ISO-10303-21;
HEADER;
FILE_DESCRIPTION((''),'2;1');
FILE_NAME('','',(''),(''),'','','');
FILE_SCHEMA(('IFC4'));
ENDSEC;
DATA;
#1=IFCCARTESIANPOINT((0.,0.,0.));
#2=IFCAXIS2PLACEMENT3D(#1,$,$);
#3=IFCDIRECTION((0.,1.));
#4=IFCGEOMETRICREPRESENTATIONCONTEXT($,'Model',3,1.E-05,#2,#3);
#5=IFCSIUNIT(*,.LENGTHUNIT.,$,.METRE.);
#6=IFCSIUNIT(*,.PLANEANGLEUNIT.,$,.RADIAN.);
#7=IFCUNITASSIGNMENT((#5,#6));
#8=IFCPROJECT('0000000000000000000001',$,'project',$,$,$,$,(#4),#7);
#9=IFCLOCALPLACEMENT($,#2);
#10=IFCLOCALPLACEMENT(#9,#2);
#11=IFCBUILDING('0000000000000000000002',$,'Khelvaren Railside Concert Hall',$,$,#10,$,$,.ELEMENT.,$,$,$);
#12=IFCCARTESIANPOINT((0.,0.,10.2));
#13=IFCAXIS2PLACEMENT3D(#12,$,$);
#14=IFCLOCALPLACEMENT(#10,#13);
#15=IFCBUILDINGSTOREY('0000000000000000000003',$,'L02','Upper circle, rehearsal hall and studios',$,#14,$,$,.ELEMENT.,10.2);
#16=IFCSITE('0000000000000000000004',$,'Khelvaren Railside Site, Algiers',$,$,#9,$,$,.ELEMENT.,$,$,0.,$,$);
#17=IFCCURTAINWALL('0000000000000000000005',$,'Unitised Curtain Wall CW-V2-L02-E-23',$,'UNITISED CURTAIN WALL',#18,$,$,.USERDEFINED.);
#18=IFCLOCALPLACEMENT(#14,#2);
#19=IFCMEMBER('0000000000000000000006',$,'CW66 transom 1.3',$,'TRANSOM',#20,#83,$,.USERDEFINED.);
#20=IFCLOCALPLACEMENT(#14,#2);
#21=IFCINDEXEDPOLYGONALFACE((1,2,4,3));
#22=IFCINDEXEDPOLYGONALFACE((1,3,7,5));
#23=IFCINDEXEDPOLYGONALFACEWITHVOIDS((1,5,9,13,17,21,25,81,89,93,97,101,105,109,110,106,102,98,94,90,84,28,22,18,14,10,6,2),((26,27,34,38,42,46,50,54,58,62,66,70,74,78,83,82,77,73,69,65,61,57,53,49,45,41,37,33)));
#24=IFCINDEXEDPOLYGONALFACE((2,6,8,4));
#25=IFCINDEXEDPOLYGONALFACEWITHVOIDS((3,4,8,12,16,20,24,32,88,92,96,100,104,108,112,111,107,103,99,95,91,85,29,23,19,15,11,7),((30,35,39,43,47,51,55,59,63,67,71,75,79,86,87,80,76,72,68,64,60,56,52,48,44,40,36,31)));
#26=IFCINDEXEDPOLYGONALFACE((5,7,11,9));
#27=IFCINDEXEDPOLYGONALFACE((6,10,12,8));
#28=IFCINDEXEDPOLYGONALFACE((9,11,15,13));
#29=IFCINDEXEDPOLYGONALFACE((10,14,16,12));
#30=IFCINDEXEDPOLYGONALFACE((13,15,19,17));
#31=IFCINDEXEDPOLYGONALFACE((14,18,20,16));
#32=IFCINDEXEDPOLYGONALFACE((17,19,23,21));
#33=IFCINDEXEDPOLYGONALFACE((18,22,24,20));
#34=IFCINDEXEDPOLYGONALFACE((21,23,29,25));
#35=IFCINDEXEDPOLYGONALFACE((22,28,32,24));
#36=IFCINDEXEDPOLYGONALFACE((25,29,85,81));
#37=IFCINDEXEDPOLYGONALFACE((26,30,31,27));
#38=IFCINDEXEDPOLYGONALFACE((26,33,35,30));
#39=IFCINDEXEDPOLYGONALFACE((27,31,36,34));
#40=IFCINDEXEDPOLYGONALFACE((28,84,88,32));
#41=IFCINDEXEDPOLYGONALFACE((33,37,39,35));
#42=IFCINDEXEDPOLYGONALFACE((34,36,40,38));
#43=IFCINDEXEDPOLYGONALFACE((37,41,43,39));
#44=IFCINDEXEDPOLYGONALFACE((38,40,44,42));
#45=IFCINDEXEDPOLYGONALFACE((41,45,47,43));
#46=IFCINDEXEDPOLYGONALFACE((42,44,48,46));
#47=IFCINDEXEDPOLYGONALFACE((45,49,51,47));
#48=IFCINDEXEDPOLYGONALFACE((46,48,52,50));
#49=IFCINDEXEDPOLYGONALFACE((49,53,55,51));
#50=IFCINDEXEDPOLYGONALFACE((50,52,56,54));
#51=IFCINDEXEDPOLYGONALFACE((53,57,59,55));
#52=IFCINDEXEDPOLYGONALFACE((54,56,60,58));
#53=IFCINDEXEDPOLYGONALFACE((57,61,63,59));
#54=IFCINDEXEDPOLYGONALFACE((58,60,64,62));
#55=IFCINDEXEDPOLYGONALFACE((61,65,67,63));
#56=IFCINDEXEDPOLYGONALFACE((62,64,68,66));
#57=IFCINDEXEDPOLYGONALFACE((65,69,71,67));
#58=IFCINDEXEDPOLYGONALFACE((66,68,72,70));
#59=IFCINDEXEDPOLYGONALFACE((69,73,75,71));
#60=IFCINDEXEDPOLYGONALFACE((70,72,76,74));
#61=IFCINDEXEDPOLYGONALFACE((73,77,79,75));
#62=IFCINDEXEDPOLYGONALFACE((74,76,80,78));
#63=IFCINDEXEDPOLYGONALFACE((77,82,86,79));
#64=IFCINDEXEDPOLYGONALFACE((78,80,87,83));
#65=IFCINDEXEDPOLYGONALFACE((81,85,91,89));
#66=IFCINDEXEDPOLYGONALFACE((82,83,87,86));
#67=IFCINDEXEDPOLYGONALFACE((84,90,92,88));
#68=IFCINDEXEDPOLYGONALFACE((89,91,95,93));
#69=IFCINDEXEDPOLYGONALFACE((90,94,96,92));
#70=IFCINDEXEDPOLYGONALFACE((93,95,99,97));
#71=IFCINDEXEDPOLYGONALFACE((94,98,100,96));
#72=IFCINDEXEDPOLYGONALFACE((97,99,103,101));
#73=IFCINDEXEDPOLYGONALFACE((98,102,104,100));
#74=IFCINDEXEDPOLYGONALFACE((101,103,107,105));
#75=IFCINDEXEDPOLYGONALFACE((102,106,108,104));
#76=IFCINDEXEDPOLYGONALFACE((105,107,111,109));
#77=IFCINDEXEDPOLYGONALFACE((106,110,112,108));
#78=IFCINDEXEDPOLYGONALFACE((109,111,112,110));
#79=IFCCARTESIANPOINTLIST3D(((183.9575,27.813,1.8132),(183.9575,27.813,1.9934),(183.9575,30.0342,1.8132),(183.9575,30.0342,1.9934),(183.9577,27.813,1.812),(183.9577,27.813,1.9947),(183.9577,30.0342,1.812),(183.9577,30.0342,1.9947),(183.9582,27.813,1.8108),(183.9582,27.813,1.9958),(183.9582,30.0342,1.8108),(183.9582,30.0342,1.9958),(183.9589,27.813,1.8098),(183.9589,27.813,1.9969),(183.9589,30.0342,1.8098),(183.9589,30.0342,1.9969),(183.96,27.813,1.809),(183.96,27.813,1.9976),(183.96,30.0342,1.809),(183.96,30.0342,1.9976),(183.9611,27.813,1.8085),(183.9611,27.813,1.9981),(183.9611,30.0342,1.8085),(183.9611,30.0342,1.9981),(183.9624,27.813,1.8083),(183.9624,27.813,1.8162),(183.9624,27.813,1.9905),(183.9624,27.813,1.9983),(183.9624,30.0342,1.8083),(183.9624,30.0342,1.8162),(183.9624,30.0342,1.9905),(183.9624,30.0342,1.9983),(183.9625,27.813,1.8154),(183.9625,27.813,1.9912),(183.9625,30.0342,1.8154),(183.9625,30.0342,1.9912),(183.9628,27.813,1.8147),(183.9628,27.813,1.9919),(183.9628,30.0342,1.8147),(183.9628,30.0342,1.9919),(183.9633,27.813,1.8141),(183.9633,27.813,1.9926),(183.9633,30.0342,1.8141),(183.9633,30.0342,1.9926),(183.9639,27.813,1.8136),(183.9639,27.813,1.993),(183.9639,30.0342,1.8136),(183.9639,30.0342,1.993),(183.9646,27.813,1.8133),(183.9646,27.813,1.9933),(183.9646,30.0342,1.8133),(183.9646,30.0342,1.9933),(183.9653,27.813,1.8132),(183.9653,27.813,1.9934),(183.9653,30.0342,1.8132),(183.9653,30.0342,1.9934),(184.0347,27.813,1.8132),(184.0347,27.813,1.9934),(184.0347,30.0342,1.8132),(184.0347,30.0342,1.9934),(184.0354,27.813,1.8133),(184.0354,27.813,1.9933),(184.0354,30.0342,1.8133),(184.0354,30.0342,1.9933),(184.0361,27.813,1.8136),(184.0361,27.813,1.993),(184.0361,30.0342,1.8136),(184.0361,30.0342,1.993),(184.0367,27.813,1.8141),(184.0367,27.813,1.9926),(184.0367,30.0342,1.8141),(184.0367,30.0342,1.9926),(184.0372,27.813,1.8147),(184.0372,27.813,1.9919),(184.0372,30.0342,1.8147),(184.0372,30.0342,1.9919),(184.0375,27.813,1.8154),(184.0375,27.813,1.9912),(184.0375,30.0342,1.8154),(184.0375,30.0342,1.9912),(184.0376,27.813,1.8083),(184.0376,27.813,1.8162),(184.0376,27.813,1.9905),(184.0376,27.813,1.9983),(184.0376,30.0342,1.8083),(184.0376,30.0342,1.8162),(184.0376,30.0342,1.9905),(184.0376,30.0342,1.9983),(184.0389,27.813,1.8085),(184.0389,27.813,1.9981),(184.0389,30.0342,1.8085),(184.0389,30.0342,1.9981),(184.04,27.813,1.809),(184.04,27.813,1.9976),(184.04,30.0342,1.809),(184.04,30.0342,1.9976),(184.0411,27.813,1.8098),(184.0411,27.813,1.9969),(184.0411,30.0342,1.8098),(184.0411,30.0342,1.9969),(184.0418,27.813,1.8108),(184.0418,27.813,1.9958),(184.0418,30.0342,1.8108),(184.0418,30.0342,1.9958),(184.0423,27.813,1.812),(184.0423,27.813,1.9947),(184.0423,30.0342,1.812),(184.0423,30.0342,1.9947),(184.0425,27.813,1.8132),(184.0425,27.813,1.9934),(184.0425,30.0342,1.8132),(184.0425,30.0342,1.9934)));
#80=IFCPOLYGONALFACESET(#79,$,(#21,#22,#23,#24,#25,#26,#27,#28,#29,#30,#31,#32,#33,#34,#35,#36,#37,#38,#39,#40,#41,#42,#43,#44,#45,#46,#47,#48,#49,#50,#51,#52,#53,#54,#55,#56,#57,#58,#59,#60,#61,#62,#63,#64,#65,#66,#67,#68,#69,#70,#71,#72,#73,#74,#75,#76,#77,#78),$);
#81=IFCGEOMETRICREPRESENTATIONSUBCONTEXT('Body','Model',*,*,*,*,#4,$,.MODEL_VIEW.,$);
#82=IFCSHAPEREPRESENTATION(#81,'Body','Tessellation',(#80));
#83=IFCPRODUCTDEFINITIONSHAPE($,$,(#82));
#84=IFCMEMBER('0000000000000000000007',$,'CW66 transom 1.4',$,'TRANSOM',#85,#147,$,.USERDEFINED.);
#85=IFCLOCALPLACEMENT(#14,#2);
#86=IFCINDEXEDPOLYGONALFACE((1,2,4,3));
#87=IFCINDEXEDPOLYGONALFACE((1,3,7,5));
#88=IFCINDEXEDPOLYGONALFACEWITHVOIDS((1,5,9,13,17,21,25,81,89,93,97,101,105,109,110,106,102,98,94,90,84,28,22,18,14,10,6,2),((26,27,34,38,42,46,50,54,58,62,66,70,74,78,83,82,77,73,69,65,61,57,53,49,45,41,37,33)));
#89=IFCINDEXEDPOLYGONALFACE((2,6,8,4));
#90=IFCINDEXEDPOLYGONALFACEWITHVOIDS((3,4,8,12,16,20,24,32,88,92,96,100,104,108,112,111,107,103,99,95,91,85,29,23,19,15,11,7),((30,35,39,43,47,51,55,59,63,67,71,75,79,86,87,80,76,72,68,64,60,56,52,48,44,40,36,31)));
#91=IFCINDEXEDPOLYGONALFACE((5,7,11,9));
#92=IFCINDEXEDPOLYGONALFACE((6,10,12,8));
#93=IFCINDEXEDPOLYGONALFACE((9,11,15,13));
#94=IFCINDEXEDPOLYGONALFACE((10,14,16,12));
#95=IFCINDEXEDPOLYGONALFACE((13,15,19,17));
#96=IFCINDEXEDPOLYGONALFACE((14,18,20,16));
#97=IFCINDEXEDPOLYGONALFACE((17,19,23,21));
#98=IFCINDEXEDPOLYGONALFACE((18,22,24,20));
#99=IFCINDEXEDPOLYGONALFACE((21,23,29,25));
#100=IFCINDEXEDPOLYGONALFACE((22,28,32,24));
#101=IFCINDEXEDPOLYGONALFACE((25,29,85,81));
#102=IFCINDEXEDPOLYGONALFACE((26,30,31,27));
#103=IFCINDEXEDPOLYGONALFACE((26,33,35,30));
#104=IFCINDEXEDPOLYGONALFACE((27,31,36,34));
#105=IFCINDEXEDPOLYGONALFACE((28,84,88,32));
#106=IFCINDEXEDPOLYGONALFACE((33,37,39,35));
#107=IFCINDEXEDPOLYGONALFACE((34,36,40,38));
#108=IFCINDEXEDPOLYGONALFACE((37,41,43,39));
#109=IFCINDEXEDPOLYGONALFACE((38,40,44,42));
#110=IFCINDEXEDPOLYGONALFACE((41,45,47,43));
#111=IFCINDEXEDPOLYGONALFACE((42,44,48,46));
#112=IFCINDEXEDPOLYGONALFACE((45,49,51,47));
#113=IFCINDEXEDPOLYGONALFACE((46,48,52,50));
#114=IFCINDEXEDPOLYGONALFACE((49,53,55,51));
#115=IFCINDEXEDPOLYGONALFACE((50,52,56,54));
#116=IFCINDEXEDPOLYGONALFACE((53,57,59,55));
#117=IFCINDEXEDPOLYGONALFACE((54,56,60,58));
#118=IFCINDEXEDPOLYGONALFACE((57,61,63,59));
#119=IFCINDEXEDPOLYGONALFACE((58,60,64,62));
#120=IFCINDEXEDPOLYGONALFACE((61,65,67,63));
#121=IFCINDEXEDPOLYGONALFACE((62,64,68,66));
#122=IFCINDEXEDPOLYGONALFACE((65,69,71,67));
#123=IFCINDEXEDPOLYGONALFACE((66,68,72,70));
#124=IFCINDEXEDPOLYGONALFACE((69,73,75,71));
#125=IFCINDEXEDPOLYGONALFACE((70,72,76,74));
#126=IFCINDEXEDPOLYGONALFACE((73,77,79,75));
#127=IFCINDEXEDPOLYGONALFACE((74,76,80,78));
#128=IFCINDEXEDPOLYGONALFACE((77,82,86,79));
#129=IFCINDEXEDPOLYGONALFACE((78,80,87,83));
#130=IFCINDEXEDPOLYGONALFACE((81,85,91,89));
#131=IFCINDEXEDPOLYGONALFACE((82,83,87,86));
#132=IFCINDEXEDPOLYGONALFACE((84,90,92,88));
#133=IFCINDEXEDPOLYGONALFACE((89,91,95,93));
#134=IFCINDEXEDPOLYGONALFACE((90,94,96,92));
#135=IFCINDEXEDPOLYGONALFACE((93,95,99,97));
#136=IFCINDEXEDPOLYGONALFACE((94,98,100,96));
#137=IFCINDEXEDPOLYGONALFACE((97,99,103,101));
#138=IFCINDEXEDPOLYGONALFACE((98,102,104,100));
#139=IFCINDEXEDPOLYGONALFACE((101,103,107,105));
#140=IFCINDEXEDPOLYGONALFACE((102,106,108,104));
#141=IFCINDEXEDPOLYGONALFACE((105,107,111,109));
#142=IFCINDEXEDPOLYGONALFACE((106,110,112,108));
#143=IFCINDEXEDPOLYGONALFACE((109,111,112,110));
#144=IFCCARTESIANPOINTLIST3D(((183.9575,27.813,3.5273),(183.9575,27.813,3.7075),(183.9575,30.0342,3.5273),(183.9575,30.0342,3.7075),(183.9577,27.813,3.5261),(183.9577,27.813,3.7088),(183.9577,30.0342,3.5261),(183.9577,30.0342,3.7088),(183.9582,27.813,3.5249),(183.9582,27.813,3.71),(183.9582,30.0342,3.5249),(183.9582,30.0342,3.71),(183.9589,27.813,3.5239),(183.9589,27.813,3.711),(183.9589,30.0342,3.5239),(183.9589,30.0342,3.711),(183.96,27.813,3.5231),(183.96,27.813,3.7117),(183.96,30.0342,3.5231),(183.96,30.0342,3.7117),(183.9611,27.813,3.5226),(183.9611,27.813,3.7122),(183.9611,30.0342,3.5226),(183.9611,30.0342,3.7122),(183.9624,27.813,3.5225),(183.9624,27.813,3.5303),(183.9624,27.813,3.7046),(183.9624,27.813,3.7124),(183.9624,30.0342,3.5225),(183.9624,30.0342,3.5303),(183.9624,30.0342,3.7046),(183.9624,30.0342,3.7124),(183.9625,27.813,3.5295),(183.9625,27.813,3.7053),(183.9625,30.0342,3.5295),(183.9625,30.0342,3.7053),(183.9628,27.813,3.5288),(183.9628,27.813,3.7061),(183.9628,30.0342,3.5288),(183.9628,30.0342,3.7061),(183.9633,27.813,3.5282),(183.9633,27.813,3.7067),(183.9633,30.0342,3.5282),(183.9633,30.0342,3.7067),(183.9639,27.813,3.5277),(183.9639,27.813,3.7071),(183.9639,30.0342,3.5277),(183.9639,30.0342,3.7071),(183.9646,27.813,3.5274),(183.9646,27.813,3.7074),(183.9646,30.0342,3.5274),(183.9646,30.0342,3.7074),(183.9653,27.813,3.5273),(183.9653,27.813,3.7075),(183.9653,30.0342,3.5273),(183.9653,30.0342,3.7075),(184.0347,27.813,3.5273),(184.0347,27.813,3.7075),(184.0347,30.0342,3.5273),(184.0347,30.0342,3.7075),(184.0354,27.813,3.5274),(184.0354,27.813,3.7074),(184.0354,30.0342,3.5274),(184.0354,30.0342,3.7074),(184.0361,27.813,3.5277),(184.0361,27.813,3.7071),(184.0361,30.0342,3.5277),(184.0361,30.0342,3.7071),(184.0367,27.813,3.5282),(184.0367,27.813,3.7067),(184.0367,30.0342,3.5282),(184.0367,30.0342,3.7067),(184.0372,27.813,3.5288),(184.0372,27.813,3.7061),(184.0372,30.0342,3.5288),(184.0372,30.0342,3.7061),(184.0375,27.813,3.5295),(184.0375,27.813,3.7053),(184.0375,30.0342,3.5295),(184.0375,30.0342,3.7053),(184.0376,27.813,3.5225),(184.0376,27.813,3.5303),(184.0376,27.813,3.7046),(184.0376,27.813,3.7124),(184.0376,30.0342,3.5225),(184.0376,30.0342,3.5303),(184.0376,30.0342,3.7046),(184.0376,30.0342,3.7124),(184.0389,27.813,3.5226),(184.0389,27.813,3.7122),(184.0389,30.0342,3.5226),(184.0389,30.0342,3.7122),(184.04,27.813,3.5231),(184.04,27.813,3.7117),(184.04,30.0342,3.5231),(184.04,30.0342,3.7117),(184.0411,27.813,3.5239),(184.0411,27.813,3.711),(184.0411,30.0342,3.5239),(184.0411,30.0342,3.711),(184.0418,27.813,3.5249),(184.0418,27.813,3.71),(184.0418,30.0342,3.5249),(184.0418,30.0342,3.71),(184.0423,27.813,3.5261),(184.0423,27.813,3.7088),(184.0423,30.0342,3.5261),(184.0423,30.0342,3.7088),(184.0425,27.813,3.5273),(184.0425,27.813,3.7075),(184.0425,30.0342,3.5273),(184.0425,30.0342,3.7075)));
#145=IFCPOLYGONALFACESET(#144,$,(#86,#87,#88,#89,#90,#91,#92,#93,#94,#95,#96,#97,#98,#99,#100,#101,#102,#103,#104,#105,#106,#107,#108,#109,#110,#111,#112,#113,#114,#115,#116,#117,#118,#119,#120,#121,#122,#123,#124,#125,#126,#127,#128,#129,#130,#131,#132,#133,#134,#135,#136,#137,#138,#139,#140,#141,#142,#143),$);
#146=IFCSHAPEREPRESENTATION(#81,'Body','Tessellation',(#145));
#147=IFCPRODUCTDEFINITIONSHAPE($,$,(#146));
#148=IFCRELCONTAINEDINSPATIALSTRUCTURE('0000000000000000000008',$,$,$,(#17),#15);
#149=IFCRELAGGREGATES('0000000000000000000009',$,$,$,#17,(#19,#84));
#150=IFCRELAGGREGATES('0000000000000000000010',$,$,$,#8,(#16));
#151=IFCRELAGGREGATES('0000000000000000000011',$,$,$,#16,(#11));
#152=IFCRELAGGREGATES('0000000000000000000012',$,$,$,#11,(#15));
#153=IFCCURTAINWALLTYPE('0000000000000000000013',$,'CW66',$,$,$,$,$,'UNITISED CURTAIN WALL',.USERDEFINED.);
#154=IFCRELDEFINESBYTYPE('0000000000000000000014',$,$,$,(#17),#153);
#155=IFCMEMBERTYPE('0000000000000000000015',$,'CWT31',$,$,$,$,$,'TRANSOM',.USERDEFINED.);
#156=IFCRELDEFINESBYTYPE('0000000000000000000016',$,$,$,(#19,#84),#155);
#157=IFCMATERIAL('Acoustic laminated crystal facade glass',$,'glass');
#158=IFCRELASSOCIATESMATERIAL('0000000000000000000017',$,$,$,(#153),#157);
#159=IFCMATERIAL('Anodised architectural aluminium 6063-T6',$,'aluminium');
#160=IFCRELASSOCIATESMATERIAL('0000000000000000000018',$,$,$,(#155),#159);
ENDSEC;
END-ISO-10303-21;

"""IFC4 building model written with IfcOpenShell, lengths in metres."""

from ifc_helpers import new_model, si_unit, direction, frame, origin, origin_2d, place, context, subcontext, project, spatial, hollow_rectangle, extrude, material, material_profile, profile_set, type_object, element, aggregate, save


model = new_model("IFC4")

# Units and contexts
model_context = context("Model", 3, precision=1e-05, world=origin(), true_north=direction((0.0, 1.0)))
body_context = subcontext(model_context, "Body", "Model", "MODEL_VIEW")
ifc_project = project(units=[si_unit("LENGTHUNIT", "METRE"), si_unit("PLANEANGLEUNIT", "RADIAN")], contexts=[model_context])

# Site, building, storey
site_placement = place(None, origin())
site = spatial("IfcSite", under=ifc_project, at=site_placement, Name="Khelvaren Railside Site, Algiers", CompositionType="ELEMENT", RefElevation=0.0)
building_placement = place(site_placement, origin())
building = spatial("IfcBuilding", under=site, at=building_placement, Name="Khelvaren Railside Concert Hall", CompositionType="ELEMENT")
storey_placement = place(building_placement, frame((0.0, 0.0, 10.2)))
storey = spatial("IfcBuildingStorey", under=building, at=storey_placement, Name="L02", Description="Upper circle, rehearsal hall and studios", CompositionType="ELEMENT", Elevation=10.2)

# Curtain wall, members
ifc_material_1 = material(Name="Anodised architectural aluminium 6063-T6", Category="aluminium")
ifc_material_2 = material(Name="Acoustic laminated crystal facade glass", Category="glass")
curtain_wall_type_1 = type_object("IfcCurtainWallType", Name="CW66", ElementType="UNITISED CURTAIN WALL", PredefinedType="USERDEFINED", material=ifc_material_2)
curtain_wall_1_placement = place(storey_placement, origin())
curtain_wall_1 = element("IfcCurtainWall", 1, at=curtain_wall_1_placement, inside=storey, type_object=curtain_wall_type_1, Name="Unitised Curtain Wall CW-V2-L02-E-23", ObjectType="UNITISED CURTAIN WALL", PredefinedType="USERDEFINED")
ifc_material_profile_1 = material_profile(ifc_material_1, hollow_rectangle(XDim=0.085, YDim=0.1899, WallThickness=0.0049, InnerFilletRadius=0.0029, OuterFilletRadius=0.0049, at=origin_2d()), Name="CWT 85x190x5")
ifc_profile_set_1 = profile_set([ifc_material_profile_1], Name="Anodised architectural aluminium 6063-T6")
member_type_1 = type_object("IfcMemberType", Name="CWT31", ElementType="TRANSOM", PredefinedType="USERDEFINED", material=ifc_profile_set_1)
member_1_placement = place(storey_placement, frame((184.0, 30.0342, 1.9033), z_axis=(0.0, -1.0, 0.0), x_axis=(1.0, 0.0, 0.0)))
member_1 = element("IfcMember", 2, at=member_1_placement, type_object=member_type_1, Name="CW66 transom 1.3", ObjectType="TRANSOM", PredefinedType="USERDEFINED", context=body_context, shape_type="SweptSolid", body=[
    extrude(hollow_rectangle(XDim=0.085, YDim=0.1899, WallThickness=0.0049, InnerFilletRadius=0.0029, OuterFilletRadius=0.0049, at=origin_2d()), origin(), (0.0, 0.0, 1.0), 2.2212),
])
member_2_placement = place(storey_placement, frame((184.0, 30.0342, 3.6174), z_axis=(0.0, -1.0, 0.0), x_axis=(1.0, 0.0, 0.0)))
member_2 = element("IfcMember", 3, at=member_2_placement, type_object=member_type_1, Name="CW66 transom 1.4", ObjectType="TRANSOM", PredefinedType="USERDEFINED", context=body_context, shape_type="SweptSolid", body=[
    extrude(hollow_rectangle(XDim=0.085, YDim=0.1899, WallThickness=0.0049, InnerFilletRadius=0.0029, OuterFilletRadius=0.0049, at=origin_2d()), origin(), (0.0, 0.0, 1.0), 2.2212),
])
aggregate(curtain_wall_1, [member_1, member_2])

save(model, "model.ifc")
